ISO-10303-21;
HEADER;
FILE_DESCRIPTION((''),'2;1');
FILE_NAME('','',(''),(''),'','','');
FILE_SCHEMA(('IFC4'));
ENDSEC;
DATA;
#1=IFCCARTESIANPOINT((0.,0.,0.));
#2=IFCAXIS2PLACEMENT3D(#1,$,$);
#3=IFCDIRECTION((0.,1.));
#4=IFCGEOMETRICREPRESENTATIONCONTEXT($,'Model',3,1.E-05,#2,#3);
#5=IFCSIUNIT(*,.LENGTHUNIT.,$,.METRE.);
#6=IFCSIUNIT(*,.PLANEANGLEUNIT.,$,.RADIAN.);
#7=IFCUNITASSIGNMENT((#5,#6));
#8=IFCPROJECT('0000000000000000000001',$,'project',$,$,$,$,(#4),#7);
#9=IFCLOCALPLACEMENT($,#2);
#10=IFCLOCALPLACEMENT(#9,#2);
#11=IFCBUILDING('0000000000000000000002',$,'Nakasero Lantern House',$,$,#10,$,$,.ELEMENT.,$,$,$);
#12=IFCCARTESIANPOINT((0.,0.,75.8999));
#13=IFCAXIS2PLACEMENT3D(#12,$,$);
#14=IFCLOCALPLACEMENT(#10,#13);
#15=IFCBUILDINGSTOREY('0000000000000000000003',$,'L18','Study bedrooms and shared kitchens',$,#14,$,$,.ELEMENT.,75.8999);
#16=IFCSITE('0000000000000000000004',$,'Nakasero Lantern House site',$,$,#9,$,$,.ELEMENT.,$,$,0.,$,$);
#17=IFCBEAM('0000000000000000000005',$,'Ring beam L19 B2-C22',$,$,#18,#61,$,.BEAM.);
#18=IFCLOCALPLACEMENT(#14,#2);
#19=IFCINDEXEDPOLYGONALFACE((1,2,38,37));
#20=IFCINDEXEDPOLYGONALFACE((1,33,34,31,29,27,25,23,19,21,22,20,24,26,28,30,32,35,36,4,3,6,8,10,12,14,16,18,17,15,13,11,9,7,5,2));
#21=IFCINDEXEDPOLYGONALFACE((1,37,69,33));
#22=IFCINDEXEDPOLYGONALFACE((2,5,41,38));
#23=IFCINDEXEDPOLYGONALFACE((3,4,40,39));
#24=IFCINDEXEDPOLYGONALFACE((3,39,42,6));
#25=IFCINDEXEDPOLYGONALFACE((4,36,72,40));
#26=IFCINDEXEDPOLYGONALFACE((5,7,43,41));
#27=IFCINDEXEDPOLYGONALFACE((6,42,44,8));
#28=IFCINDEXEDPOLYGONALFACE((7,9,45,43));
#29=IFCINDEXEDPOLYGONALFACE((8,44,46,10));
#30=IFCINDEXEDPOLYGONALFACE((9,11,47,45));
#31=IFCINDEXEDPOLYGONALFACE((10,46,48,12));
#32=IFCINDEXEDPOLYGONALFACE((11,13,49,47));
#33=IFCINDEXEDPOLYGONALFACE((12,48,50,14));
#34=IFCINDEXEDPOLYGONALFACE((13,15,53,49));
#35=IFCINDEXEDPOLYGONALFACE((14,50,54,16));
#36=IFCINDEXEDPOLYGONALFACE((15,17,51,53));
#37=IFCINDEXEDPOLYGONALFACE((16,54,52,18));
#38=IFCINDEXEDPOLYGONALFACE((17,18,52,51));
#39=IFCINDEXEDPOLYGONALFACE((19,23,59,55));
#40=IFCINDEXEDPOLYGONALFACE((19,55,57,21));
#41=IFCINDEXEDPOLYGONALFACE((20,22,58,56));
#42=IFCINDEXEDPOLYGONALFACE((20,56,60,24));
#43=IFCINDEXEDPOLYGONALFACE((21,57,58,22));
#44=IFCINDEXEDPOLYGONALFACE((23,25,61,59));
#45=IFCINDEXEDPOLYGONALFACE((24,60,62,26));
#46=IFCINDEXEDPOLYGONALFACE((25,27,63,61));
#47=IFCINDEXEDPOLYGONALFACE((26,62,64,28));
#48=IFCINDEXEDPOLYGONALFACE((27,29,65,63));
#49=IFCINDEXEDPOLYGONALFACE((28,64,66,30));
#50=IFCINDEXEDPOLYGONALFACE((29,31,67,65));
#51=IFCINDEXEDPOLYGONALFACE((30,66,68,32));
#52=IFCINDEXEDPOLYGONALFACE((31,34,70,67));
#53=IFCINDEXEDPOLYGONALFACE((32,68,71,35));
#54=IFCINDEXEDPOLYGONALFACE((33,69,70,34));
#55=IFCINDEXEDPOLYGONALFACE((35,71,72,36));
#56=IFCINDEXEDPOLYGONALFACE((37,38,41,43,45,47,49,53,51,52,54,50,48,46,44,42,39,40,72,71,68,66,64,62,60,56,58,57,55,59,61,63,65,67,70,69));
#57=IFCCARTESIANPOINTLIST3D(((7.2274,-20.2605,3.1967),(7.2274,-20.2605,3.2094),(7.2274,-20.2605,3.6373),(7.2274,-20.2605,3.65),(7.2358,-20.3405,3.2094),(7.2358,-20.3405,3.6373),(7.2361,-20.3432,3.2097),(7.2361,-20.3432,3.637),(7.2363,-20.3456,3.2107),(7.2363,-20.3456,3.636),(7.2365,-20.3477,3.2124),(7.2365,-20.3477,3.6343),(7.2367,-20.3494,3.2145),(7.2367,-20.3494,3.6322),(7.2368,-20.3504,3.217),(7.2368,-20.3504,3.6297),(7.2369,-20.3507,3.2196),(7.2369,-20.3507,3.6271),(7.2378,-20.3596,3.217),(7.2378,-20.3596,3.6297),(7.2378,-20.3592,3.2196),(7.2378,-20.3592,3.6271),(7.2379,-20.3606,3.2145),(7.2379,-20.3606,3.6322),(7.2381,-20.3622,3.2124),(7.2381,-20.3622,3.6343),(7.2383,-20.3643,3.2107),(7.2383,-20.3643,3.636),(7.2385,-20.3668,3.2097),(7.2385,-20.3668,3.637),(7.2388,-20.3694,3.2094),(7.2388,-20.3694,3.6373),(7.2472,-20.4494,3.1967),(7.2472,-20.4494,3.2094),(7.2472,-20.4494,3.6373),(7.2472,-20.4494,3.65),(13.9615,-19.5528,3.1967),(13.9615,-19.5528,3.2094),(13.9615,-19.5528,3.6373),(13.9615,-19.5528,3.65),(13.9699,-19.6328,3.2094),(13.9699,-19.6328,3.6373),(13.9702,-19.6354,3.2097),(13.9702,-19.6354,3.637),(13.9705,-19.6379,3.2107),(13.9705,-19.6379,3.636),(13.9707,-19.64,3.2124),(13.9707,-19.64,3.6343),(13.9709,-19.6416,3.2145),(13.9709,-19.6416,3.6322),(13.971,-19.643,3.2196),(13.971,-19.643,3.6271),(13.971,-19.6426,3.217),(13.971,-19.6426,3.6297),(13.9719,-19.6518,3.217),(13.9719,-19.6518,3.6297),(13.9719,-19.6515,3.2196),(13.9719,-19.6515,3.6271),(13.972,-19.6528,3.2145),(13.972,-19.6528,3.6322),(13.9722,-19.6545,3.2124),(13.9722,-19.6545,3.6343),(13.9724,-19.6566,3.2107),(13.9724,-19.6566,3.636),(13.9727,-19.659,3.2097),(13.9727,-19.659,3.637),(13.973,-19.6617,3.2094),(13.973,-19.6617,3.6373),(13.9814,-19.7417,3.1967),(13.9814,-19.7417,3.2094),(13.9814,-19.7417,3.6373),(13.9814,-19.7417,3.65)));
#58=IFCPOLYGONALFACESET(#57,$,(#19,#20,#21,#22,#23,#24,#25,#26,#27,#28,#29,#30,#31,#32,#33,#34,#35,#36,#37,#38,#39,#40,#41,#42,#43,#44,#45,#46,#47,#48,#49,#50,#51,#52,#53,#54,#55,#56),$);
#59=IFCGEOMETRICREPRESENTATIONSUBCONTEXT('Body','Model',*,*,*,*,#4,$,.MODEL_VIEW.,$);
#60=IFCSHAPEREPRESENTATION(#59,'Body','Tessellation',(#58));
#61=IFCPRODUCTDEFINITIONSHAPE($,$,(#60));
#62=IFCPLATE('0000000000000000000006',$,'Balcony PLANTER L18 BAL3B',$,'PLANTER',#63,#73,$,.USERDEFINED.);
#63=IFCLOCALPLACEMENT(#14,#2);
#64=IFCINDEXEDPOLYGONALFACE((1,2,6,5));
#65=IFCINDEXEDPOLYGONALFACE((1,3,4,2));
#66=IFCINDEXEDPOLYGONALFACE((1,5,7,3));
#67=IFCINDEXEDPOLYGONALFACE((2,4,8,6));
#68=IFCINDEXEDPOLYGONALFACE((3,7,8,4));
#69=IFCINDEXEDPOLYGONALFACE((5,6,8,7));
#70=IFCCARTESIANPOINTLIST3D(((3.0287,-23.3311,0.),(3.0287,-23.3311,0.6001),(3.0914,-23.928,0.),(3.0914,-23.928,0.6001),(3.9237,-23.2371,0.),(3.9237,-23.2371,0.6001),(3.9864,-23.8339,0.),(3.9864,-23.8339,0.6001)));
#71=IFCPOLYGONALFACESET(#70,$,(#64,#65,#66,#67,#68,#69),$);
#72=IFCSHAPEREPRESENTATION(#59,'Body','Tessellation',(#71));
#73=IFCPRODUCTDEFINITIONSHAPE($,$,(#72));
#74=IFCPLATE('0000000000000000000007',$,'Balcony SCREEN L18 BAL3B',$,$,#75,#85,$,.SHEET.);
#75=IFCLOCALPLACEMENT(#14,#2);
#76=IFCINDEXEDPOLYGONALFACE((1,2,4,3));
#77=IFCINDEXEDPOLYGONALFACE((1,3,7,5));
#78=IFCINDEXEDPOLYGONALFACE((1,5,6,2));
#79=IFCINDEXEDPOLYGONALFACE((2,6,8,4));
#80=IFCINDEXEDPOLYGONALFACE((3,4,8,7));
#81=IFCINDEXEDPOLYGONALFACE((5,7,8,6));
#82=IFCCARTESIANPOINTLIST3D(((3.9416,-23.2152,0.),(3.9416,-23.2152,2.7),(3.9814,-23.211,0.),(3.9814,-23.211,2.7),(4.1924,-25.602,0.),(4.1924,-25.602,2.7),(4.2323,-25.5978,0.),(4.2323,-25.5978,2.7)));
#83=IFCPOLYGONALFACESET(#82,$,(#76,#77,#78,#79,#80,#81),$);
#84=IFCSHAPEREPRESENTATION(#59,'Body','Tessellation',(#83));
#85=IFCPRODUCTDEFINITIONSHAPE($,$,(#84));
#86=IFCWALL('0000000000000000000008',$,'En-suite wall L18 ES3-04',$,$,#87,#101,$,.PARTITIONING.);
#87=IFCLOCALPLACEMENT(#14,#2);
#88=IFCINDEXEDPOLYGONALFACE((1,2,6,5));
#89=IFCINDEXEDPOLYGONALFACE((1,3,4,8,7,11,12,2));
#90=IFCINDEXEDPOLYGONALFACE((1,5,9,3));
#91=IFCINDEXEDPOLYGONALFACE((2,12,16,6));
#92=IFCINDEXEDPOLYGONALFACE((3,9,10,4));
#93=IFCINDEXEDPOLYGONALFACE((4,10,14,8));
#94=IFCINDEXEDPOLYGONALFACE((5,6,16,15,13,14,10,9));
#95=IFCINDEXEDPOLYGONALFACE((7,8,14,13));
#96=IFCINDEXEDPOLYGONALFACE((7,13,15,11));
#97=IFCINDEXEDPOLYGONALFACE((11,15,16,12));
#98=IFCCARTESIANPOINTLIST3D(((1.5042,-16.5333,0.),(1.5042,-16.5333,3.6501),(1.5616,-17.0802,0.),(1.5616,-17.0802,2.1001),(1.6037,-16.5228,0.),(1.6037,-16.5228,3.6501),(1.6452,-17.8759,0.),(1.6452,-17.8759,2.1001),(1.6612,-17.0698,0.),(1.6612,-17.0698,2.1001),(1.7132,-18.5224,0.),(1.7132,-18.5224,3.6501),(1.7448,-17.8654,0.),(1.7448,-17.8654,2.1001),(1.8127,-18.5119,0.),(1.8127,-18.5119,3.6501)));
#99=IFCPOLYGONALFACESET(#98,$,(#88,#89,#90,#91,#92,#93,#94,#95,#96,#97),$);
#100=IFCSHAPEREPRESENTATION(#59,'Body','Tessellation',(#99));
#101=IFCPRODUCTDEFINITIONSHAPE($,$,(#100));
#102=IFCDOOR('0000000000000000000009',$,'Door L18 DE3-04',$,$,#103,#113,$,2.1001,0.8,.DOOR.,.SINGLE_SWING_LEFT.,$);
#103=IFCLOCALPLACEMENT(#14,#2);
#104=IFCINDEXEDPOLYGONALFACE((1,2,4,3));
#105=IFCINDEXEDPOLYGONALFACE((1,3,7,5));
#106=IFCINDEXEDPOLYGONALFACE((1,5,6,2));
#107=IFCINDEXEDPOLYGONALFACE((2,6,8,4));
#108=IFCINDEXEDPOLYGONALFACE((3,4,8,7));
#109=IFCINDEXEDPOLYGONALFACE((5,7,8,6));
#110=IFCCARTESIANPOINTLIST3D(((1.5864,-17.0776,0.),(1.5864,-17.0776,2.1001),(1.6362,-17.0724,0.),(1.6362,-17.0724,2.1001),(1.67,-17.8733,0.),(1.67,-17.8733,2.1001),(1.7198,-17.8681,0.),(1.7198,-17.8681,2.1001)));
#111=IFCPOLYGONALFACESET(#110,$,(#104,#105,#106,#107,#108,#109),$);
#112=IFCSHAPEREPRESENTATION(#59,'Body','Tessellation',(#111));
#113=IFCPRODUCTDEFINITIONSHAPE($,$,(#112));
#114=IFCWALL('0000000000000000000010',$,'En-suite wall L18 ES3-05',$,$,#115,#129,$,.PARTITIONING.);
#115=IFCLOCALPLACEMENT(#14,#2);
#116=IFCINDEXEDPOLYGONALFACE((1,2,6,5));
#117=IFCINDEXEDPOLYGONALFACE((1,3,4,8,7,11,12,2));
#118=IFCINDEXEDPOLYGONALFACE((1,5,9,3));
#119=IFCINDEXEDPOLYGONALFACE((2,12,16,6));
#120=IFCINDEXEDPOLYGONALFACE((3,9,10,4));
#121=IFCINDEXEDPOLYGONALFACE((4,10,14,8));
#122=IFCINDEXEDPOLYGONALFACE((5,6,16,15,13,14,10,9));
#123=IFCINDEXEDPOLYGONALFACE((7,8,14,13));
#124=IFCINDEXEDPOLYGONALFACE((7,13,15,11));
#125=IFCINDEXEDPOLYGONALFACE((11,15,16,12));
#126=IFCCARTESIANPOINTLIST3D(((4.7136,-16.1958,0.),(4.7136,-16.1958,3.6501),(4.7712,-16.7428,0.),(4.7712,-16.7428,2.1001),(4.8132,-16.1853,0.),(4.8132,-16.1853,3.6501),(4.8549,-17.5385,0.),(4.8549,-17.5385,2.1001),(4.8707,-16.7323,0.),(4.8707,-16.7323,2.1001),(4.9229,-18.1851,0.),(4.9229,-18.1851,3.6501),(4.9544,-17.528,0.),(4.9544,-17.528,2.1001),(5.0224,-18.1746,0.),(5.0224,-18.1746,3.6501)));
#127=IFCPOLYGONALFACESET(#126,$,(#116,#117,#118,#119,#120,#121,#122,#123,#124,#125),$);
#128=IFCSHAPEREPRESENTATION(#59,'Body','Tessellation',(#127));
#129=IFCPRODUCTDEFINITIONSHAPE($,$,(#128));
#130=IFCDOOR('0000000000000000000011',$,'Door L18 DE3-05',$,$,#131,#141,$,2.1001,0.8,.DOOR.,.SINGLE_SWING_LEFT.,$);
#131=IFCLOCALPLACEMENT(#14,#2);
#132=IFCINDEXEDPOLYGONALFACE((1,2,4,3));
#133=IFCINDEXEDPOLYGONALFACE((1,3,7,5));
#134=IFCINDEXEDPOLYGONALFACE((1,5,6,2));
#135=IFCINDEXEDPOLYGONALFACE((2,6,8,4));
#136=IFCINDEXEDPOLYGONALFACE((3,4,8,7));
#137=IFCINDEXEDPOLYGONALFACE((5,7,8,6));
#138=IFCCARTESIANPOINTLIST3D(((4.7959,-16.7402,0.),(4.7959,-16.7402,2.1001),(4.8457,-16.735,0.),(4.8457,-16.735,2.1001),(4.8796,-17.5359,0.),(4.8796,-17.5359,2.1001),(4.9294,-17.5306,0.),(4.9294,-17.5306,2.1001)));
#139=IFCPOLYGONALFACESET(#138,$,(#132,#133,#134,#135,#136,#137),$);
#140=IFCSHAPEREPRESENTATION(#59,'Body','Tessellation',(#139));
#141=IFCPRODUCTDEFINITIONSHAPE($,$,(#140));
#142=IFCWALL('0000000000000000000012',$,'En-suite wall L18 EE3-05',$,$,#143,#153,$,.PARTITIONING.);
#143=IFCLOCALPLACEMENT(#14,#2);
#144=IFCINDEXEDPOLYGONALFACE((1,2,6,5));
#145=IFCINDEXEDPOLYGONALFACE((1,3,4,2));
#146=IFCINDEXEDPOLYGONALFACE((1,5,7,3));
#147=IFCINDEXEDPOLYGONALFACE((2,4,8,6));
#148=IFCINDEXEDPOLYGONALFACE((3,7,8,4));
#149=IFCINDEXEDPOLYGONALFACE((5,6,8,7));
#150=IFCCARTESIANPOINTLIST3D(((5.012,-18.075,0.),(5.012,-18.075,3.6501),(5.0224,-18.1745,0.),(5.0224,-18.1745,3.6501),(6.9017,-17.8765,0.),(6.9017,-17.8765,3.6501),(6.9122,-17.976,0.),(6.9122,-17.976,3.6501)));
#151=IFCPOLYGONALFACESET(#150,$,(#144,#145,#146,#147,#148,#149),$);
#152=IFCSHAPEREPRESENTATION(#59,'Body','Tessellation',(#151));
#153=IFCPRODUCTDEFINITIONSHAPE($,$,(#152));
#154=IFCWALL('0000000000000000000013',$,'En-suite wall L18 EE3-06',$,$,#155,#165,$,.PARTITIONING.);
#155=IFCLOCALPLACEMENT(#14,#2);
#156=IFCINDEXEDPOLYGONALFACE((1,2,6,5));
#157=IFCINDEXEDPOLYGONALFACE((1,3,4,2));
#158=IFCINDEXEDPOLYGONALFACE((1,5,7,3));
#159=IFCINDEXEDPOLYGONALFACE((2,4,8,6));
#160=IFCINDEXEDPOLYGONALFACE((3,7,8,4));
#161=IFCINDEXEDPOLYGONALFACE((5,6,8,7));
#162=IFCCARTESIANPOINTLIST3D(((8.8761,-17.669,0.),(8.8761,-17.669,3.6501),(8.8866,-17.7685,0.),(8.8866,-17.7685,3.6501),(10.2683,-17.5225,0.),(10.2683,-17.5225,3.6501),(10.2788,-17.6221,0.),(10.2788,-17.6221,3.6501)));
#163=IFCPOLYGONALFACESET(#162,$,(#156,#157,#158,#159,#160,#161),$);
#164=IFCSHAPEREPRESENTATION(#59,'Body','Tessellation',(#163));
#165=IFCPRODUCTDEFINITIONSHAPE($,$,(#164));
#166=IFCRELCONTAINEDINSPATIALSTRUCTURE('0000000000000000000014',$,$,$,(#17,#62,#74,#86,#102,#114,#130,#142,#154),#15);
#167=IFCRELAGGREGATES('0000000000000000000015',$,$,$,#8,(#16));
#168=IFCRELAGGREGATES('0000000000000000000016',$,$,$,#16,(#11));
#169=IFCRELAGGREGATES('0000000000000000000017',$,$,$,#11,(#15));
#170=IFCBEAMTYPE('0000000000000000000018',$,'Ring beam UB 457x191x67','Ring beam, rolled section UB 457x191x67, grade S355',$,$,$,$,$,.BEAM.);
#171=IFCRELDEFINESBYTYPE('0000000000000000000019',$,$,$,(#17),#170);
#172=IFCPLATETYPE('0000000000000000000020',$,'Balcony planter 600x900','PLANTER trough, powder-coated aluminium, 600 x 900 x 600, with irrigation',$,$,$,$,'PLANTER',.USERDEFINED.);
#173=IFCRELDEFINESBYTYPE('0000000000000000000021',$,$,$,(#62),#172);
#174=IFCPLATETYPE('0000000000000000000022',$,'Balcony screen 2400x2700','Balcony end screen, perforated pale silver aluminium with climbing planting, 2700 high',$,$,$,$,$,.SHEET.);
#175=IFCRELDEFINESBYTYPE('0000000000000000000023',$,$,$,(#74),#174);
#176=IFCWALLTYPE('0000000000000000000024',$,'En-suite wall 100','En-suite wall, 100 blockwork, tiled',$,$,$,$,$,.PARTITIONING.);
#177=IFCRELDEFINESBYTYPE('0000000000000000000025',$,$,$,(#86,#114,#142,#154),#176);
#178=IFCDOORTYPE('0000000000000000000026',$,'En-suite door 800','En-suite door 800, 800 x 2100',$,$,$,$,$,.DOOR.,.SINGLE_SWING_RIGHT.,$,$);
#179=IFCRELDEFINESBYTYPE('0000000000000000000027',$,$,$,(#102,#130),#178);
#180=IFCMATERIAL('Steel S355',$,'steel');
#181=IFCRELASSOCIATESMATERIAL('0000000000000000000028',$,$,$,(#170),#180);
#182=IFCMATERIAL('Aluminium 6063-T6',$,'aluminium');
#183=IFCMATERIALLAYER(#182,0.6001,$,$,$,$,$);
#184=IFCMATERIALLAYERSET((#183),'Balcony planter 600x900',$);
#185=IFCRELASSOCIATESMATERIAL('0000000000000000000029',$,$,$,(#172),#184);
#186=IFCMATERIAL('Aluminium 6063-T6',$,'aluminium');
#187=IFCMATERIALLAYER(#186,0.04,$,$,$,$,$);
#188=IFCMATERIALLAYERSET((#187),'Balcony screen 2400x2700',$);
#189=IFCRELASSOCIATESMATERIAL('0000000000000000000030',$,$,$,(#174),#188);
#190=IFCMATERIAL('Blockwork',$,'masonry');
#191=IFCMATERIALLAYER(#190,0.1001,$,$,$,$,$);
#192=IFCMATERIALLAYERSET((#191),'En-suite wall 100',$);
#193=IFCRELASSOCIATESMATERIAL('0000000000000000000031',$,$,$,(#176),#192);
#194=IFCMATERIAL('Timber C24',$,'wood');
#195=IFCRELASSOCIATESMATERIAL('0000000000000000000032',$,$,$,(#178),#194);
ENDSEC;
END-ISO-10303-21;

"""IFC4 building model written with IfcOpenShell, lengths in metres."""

from ifc_helpers import new_model, si_unit, direction, frame, frame_2d, origin, origin_2d, place, context, subcontext, project, spatial, rectangle, i_section, extrude, material, layer, layer_set, material_profile, profile_set, type_object, element, fill, save


model = new_model("IFC4")

# Units and contexts
model_context = context("Model", 3, precision=1e-05, world=origin(), true_north=direction((0.0, 1.0)))
body_context = subcontext(model_context, "Body", "Model", "MODEL_VIEW")
ifc_project = project(units=[si_unit("LENGTHUNIT", "METRE"), si_unit("PLANEANGLEUNIT", "RADIAN")], contexts=[model_context])

# Site, building, storey
site_placement = place(None, origin())
site = spatial("IfcSite", under=ifc_project, at=site_placement, Name="Nakasero Lantern House site", CompositionType="ELEMENT", RefElevation=0.0)
building_placement = place(site_placement, origin())
building = spatial("IfcBuilding", under=site, at=building_placement, Name="Nakasero Lantern House", CompositionType="ELEMENT")
storey_placement = place(building_placement, frame((0.0, 0.0, 75.8999)))
storey = spatial("IfcBuildingStorey", under=building, at=storey_placement, Name="L18", Description="Study bedrooms and shared kitchens", CompositionType="ELEMENT", Elevation=75.8999)

# Beam
ifc_material_1 = material(Name="Steel S355", Category="steel")
ifc_material_profile_1 = material_profile(ifc_material_1, i_section(OverallWidth=0.1899, OverallDepth=0.4534, WebThickness=0.0085, FlangeThickness=0.0127, FilletRadius=0.0103, at=origin_2d()), Name="UB 457x191x67")
ifc_profile_set_1 = profile_set([ifc_material_profile_1], Name="Steel S355")
beam_type_1 = type_object("IfcBeamType", Name="Ring beam UB 457x191x67", Description="Ring beam, rolled section UB 457x191x67, grade S355", PredefinedType="BEAM", material=ifc_profile_set_1)
beam_1_placement = place(storey_placement, frame((7.2373, -20.355, 3.4233), z_axis=(0.994522, 0.104525, 0.0), x_axis=(-0.104525, 0.994522, 0.0)))
element("IfcBeam", 1, at=beam_1_placement, inside=storey, type_object=beam_type_1, Name="Ring beam L19 B2-C22", PredefinedType="BEAM", context=body_context, shape_type="SweptSolid", body=[
    extrude(i_section(OverallWidth=0.1899, OverallDepth=0.4534, WebThickness=0.0085, FlangeThickness=0.0127, FilletRadius=0.0103, at=origin_2d()), origin(), (0.0, 0.0, 1.0), 6.7712),
])

# Plates
ifc_material_2 = material(Name="Aluminium 6063-T6", Category="aluminium")
ifc_layer_1 = layer(ifc_material_2, 0.6001)
ifc_layer_set_1 = layer_set([ifc_layer_1], Name="Balcony planter 600x900")
plate_type_1 = type_object("IfcPlateType", Name="Balcony planter 600x900", Description="PLANTER trough, powder-coated aluminium, 600 x 900 x 600, with irrigation", ElementType="PLANTER", PredefinedType="USERDEFINED", material=ifc_layer_set_1)
plate_1_placement = place(storey_placement, frame((3.5076, -23.5825, 0.0), z_axis=(0.0, 0.0, 1.0), x_axis=(0.104528, -0.994522, 0.0)))
element("IfcPlate", 2, at=plate_1_placement, inside=storey, type_object=plate_type_1, Name="Balcony PLANTER L18 BAL3B", ObjectType="PLANTER", PredefinedType="USERDEFINED", context=body_context, shape_type="SweptSolid", body=[
    extrude(rectangle(XDim=0.6001, YDim=0.8999, at=origin_2d()), origin(), (0.0, 0.0, 1.0), 0.6001),
])
ifc_material_3 = material(Name="Aluminium 6063-T6", Category="aluminium")
ifc_layer_2 = layer(ifc_material_3, 0.04)
ifc_layer_set_2 = layer_set([ifc_layer_2], Name="Balcony screen 2400x2700")
plate_type_2 = type_object("IfcPlateType", Name="Balcony screen 2400x2700", Description="Balcony end screen, perforated pale silver aluminium with climbing planting, 2700 high", PredefinedType="SHEET", material=ifc_layer_set_2)
plate_2_placement = place(storey_placement, frame((4.0869, -24.4065, 0.0), z_axis=(0.0, 0.0, 1.0), x_axis=(0.104528, -0.994522, 0.0)))
element("IfcPlate", 3, at=plate_2_placement, inside=storey, type_object=plate_type_2, Name="Balcony SCREEN L18 BAL3B", PredefinedType="SHEET", context=body_context, shape_type="SweptSolid", body=[
    extrude(rectangle(XDim=2.3999, YDim=0.04, at=origin_2d()), origin(), (0.0, 0.0, 1.0), 2.7),
])

# Walls, openings, doors
ifc_material_4 = material(Name="Blockwork", Category="masonry")
ifc_layer_3 = layer(ifc_material_4, 0.1001)
ifc_layer_set_3 = layer_set([ifc_layer_3], Name="En-suite wall 100")
wall_type_1 = type_object("IfcWallType", Name="En-suite wall 100", Description="En-suite wall, 100 blockwork, tiled", PredefinedType="PARTITIONING", material=ifc_layer_set_3)
wall_1_placement = place(storey_placement, frame((1.554, -16.5281, 0.0), z_axis=(0.0, 0.0, 1.0), x_axis=(0.104494, -0.994526, 0.0)))
wall_1 = element("IfcWall", 4, at=wall_1_placement, inside=storey, type_object=wall_type_1, Name="En-suite wall L18 ES3-04", PredefinedType="PARTITIONING", context=body_context, shape_type="SweptSolid", body=[
    extrude(rectangle(XDim=2.0, YDim=0.1001, at=frame_2d((1.0, 0.0))), origin(), (0.0, 0.0, 1.0), 3.6501),
])
opening_1_placement = place(wall_1_placement, frame((0.55, 0.0, 0.0)))
opening_1 = element("IfcOpeningElement", 5, at=opening_1_placement, cuts=wall_1, PredefinedType="OPENING", context=body_context, shape_type="SweptSolid", body=[
    extrude(rectangle(XDim=0.8, YDim=2.1001, at=frame_2d((0.3999, 1.05))), frame((0.0, 0.0701, 0.0), z_axis=(0.0, -1.0, 0.0), x_axis=(1.0, 0.0, 0.0)), (0.0, 0.0, 1.0), 0.1401),
])
ifc_material_5 = material(Name="Timber C24", Category="wood")
door_type_1 = type_object("IfcDoorType", Name="En-suite door 800", Description="En-suite door 800, 800 x 2100", OperationType="SINGLE_SWING_RIGHT", PredefinedType="DOOR", material=ifc_material_5)
door_1_placement = place(opening_1_placement, origin())
door_1 = element("IfcDoor", 6, at=door_1_placement, inside=storey, type_object=door_type_1, Name="Door L18 DE3-04", OperationType="SINGLE_SWING_LEFT", OverallHeight=2.1001, OverallWidth=0.8, PredefinedType="DOOR", context=body_context, shape_type="SweptSolid", body=[
    extrude(rectangle(XDim=0.8, YDim=2.1001, at=frame_2d((0.3999, 1.05))), frame((0.0, 0.0249, 0.0), z_axis=(0.0, -1.0, 0.0), x_axis=(1.0, 0.0, 0.0)), (0.0, 0.0, 1.0), 0.05),
])
fill(opening_1, door_1)
wall_2_placement = place(storey_placement, frame((4.7634, -16.1907, 0.0), z_axis=(0.0, 0.0, 1.0), x_axis=(0.104602, -0.994514, 0.0)))
wall_2 = element("IfcWall", 7, at=wall_2_placement, inside=storey, type_object=wall_type_1, Name="En-suite wall L18 ES3-05", PredefinedType="PARTITIONING", context=body_context, shape_type="SweptSolid", body=[
    extrude(rectangle(XDim=2.0002, YDim=0.1001, at=frame_2d((1.0, 0.0))), origin(), (0.0, 0.0, 1.0), 3.6501),
])
opening_2_placement = place(wall_2_placement, frame((0.55, 0.0, 0.0)))
opening_2 = element("IfcOpeningElement", 8, at=opening_2_placement, cuts=wall_2, PredefinedType="OPENING", context=body_context, shape_type="SweptSolid", body=[
    extrude(rectangle(XDim=0.8, YDim=2.1001, at=frame_2d((0.3999, 1.05))), frame((0.0, 0.0701, 0.0), z_axis=(0.0, -1.0, 0.0), x_axis=(1.0, 0.0, 0.0)), (0.0, 0.0, 1.0), 0.1401),
])
door_2_placement = place(opening_2_placement, origin())
door_2 = element("IfcDoor", 9, at=door_2_placement, inside=storey, type_object=door_type_1, Name="Door L18 DE3-05", OperationType="SINGLE_SWING_LEFT", OverallHeight=2.1001, OverallWidth=0.8, PredefinedType="DOOR", context=body_context, shape_type="SweptSolid", body=[
    extrude(rectangle(XDim=0.8, YDim=2.1001, at=frame_2d((0.3999, 1.05))), frame((0.0, 0.0249, 0.0), z_axis=(0.0, -1.0, 0.0), x_axis=(1.0, 0.0, 0.0)), (0.0, 0.0, 1.0), 0.05),
])
fill(opening_2, door_2)

# Walls
wall_3_placement = place(storey_placement, frame((5.0171, -18.1248, 0.0), z_axis=(0.0, 0.0, 1.0), x_axis=(0.994529, 0.104464, 0.0)))
element("IfcWall", 10, at=wall_3_placement, inside=storey, type_object=wall_type_1, Name="En-suite wall L18 EE3-05", PredefinedType="PARTITIONING", context=body_context, shape_type="SweptSolid", body=[
    extrude(rectangle(XDim=1.9001, YDim=0.1001, at=frame_2d((0.9502, 0.0))), origin(), (0.0, 0.0, 1.0), 3.6501),
])
wall_4_placement = place(storey_placement, frame((8.8813, -17.7188, 0.0), z_axis=(0.0, 0.0, 1.0), x_axis=(0.994511, 0.10463, 0.0)))
element("IfcWall", 11, at=wall_4_placement, inside=storey, type_object=wall_type_1, Name="En-suite wall L18 EE3-06", PredefinedType="PARTITIONING", context=body_context, shape_type="SweptSolid", body=[
    extrude(rectangle(XDim=1.3999, YDim=0.1001, at=frame_2d((0.7, 0.0))), origin(), (0.0, 0.0, 1.0), 3.6501),
])

save(model, "model.ifc")
